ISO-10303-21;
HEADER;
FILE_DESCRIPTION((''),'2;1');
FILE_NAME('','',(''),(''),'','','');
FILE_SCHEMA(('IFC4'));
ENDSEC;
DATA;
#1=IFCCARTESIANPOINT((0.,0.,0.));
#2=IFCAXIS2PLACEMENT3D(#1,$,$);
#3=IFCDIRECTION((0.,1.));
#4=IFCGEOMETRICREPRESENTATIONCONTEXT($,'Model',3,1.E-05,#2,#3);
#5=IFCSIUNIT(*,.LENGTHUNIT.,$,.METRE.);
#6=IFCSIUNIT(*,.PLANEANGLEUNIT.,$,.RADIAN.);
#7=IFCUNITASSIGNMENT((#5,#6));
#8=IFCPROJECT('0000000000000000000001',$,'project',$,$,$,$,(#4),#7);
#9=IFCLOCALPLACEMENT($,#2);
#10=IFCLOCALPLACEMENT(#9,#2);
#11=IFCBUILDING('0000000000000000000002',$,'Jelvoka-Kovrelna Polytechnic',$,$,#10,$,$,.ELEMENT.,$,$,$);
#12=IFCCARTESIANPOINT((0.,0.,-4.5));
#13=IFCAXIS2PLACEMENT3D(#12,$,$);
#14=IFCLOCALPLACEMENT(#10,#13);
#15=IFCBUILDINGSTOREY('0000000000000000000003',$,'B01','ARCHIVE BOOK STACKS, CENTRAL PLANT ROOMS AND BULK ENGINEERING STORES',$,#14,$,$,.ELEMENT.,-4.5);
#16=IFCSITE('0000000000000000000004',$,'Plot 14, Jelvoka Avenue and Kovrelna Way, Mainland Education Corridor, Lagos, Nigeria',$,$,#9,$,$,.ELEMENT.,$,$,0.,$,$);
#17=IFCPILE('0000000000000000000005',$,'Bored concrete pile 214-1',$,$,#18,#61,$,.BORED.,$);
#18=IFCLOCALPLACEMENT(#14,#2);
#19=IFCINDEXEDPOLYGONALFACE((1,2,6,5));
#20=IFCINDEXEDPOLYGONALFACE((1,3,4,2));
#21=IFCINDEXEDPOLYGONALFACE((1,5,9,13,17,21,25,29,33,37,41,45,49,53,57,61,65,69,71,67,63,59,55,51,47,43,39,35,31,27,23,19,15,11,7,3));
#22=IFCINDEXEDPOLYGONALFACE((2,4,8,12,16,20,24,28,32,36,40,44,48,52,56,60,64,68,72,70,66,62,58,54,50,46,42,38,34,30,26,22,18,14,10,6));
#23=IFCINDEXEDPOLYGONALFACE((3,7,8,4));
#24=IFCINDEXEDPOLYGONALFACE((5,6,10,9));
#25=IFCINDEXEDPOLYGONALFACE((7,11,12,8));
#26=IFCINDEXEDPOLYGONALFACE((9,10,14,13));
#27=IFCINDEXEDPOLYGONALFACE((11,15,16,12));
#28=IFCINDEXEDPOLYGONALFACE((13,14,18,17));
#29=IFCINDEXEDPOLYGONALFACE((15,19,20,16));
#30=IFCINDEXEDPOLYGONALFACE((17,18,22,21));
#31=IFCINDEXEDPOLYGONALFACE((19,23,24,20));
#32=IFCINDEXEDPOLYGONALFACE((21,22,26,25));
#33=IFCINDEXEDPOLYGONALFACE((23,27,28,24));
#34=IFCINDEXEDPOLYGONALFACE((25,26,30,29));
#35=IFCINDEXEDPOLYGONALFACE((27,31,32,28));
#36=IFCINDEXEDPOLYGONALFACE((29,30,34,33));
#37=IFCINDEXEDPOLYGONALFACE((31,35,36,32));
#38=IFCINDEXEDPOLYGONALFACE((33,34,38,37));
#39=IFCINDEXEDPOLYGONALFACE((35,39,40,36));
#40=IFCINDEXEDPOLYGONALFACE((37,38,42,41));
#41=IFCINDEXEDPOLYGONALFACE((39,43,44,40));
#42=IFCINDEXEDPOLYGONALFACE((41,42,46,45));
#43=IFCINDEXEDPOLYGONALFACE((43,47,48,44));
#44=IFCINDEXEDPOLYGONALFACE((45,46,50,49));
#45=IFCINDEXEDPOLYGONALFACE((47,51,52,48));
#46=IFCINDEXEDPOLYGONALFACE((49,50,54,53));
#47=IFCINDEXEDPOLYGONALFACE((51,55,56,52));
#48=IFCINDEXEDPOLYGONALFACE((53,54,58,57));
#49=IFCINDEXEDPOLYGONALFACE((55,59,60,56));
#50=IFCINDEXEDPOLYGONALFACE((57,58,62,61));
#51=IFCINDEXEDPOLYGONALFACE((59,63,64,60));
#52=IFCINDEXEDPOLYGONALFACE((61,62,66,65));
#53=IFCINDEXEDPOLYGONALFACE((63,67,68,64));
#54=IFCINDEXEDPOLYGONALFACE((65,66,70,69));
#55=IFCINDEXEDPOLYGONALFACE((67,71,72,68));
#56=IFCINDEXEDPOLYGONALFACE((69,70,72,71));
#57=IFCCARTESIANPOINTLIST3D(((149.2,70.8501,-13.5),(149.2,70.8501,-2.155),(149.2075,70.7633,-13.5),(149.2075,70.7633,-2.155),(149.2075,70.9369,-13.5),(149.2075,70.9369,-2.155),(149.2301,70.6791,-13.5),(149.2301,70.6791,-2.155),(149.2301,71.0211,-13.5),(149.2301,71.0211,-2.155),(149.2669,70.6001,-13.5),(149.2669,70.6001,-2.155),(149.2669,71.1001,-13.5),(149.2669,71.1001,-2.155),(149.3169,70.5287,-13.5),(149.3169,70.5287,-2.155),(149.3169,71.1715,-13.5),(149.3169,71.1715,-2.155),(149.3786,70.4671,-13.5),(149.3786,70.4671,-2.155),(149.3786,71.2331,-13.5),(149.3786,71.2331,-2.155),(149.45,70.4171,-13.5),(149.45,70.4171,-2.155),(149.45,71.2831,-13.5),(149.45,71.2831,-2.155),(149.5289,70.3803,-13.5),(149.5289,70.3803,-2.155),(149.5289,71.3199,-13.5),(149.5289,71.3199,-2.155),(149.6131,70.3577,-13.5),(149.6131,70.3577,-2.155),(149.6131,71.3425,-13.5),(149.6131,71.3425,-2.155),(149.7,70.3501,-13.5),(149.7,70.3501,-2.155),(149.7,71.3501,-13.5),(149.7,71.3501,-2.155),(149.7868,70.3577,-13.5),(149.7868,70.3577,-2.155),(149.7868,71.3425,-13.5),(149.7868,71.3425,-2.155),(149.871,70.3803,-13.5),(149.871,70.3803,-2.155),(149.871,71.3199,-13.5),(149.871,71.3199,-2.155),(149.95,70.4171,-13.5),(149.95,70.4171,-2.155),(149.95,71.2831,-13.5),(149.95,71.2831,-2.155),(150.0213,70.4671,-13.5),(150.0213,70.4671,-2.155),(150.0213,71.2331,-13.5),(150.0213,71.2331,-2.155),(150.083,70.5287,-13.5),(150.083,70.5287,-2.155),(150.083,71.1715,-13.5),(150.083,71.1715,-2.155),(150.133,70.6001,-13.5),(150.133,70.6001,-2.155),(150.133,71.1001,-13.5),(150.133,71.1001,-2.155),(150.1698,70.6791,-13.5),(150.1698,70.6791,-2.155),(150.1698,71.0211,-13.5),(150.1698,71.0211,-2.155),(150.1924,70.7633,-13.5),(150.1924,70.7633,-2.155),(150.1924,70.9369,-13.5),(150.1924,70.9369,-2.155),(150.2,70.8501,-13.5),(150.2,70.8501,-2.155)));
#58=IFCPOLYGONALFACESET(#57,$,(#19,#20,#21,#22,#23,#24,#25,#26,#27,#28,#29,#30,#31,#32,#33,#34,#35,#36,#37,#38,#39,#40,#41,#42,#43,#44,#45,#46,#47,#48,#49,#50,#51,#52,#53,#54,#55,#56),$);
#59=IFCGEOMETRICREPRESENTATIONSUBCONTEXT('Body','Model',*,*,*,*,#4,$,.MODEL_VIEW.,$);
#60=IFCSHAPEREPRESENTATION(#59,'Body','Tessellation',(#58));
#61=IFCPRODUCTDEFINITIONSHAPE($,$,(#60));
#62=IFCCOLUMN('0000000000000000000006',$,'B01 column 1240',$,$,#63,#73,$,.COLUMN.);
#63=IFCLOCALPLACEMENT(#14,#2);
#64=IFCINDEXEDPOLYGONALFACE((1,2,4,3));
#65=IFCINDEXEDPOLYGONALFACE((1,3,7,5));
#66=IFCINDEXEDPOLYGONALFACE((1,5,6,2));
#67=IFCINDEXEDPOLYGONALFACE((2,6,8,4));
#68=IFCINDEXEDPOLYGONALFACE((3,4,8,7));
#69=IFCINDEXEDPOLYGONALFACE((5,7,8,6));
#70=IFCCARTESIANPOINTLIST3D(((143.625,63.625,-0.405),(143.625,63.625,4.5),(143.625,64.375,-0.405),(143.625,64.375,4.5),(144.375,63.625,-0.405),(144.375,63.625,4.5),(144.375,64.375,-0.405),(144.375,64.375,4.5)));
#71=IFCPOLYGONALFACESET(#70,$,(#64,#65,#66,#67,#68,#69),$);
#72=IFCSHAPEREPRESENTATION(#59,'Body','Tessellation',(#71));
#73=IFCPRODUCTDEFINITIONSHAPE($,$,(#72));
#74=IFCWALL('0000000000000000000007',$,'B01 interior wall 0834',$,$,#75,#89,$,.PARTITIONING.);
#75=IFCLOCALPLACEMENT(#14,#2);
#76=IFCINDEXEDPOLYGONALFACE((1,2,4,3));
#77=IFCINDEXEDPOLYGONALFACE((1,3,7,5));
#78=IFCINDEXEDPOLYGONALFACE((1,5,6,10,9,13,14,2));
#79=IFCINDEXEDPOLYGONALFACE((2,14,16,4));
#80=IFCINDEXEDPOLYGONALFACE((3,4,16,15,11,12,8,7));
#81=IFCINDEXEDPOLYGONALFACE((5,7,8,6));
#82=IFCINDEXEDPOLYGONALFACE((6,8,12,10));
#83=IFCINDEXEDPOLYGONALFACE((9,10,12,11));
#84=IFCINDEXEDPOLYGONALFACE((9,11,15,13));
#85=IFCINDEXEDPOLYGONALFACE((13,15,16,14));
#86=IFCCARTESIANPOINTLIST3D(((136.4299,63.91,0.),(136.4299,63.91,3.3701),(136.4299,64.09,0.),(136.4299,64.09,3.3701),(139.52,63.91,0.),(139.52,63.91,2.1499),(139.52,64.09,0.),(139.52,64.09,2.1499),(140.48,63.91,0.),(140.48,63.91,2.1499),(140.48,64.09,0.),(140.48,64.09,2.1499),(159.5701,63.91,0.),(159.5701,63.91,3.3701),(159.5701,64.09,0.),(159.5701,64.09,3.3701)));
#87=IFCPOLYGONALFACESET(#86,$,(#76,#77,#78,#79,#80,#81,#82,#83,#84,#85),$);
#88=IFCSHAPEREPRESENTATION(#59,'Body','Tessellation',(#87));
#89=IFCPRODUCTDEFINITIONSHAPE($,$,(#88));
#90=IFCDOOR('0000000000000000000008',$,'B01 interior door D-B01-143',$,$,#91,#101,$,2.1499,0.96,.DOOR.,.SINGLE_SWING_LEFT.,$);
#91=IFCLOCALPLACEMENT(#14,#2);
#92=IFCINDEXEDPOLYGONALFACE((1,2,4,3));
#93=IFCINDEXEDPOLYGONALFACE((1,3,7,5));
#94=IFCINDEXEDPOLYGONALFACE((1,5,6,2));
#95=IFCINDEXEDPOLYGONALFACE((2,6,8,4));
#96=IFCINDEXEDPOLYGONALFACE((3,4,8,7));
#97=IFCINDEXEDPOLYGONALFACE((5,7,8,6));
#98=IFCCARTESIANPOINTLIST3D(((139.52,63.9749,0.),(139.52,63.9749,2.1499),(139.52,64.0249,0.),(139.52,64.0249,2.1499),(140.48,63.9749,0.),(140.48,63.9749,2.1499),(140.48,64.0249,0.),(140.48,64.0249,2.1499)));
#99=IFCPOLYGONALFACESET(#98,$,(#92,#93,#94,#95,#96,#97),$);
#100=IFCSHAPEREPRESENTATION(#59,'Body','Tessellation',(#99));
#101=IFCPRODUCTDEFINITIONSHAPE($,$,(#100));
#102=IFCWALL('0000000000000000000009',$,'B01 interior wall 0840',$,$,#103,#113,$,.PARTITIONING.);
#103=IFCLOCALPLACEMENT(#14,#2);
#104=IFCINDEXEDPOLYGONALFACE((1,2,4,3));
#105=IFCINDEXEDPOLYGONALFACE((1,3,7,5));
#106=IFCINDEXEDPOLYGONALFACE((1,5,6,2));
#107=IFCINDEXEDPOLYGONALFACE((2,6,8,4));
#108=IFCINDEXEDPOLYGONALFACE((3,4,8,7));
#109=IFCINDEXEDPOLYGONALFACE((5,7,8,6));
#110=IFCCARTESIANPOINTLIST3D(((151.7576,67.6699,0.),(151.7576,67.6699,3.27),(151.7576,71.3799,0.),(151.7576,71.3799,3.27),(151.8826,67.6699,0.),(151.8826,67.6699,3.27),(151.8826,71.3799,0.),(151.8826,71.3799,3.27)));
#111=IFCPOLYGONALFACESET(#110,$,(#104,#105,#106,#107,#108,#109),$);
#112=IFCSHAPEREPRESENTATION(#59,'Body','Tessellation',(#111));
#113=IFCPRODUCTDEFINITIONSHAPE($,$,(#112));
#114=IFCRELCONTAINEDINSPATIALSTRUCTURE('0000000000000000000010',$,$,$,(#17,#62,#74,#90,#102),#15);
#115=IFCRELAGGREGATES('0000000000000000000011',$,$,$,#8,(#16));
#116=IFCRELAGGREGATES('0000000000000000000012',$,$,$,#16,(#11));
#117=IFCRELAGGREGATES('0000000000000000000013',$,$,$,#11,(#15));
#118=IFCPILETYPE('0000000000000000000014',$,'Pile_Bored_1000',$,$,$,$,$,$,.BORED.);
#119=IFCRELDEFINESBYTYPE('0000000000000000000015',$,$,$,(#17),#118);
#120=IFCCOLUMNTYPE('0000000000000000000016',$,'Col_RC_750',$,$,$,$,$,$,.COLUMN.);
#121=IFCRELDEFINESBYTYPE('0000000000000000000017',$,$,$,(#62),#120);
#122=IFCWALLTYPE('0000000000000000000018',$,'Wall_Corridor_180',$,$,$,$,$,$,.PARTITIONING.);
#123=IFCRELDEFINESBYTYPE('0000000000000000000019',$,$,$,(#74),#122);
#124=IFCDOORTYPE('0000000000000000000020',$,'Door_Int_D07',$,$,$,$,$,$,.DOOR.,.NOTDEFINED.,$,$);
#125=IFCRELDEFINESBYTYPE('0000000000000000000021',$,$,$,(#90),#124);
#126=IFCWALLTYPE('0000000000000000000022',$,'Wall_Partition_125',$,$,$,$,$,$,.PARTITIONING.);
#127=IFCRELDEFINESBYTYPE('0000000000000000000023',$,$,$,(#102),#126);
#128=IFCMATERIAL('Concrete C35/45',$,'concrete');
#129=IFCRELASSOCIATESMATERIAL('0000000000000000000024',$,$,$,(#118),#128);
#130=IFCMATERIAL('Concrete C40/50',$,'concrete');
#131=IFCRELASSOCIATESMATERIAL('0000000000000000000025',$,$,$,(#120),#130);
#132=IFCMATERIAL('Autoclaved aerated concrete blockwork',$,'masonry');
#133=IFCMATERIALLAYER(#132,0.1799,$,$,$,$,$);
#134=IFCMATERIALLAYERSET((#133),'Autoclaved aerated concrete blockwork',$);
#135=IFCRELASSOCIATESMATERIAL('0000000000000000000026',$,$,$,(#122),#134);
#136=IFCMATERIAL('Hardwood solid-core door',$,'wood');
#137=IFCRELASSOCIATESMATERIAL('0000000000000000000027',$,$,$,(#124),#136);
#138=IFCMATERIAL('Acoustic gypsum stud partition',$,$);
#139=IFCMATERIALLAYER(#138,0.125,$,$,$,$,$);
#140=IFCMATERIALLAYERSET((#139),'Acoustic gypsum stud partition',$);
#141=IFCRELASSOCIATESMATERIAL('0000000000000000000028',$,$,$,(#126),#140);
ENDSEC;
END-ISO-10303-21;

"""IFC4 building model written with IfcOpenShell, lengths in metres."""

from ifc_helpers import new_model, si_unit, direction, frame, frame_2d, origin, origin_2d, place, context, subcontext, project, spatial, rectangle, circle, extrude, material, layer, layer_set, material_profile, profile_set, type_object, element, fill, save


model = new_model("IFC4")

# Units and contexts
model_context = context("Model", 3, precision=1e-05, world=origin(), true_north=direction((0.0, 1.0)))
body_context = subcontext(model_context, "Body", "Model", "MODEL_VIEW")
ifc_project = project(units=[si_unit("LENGTHUNIT", "METRE"), si_unit("PLANEANGLEUNIT", "RADIAN")], contexts=[model_context])

# Site, building, storey
site_placement = place(None, origin())
site = spatial("IfcSite", under=ifc_project, at=site_placement, Name="Plot 14, Jelvoka Avenue and Kovrelna Way, Mainland Education Corridor, Lagos, Nigeria", CompositionType="ELEMENT", RefElevation=0.0)
building_placement = place(site_placement, origin())
building = spatial("IfcBuilding", under=site, at=building_placement, Name="Jelvoka-Kovrelna Polytechnic", CompositionType="ELEMENT")
storey_placement = place(building_placement, frame((0.0, 0.0, -4.5)))
storey = spatial("IfcBuildingStorey", under=building, at=storey_placement, Name="B01", Description="ARCHIVE BOOK STACKS, CENTRAL PLANT ROOMS AND BULK ENGINEERING STORES", CompositionType="ELEMENT", Elevation=-4.5)

# Pile
ifc_material_1 = material(Name="Concrete C35/45", Category="concrete")
ifc_material_profile_1 = material_profile(ifc_material_1, circle(Radius=0.5, at=origin_2d()), Name="PILE D1000")
ifc_profile_set_1 = profile_set([ifc_material_profile_1], Name="Concrete C35/45")
pile_type = type_object("IfcPileType", Name="Pile_Bored_1000", PredefinedType="BORED", material=ifc_profile_set_1)
pile_1_placement = place(storey_placement, frame((149.7, 70.8501, -2.155), z_axis=(0.0, 0.0, -1.0), x_axis=(1.0, 0.0, 0.0)))
element("IfcPile", 1, at=pile_1_placement, inside=storey, type_object=pile_type, Name="Bored concrete pile 214-1", PredefinedType="BORED", context=body_context, shape_type="SweptSolid", body=[
    extrude(circle(Radius=0.5, at=origin_2d()), origin(), (0.0, 0.0, 1.0), 11.345),
])

# Column
ifc_material_2 = material(Name="Concrete C40/50", Category="concrete")
ifc_material_profile_2 = material_profile(ifc_material_2, rectangle(XDim=0.75, YDim=0.75, at=origin_2d()), Name="RC 750x750")
ifc_profile_set_2 = profile_set([ifc_material_profile_2], Name="Concrete C40/50")
column_type = type_object("IfcColumnType", Name="Col_RC_750", PredefinedType="COLUMN", material=ifc_profile_set_2)
column_placement = place(storey_placement, frame((144.0, 64.0, -0.405), z_axis=(0.0, 0.0, 1.0), x_axis=(1.0, 0.0, 0.0)))
element("IfcColumn", 2, at=column_placement, inside=storey, type_object=column_type, Name="B01 column 1240", PredefinedType="COLUMN", context=body_context, shape_type="SweptSolid", body=[
    extrude(rectangle(XDim=0.75, YDim=0.75, at=origin_2d()), origin(), (0.0, 0.0, 1.0), 4.905),
])

# Wall, opening, door
ifc_material_3 = material(Name="Autoclaved aerated concrete blockwork", Category="masonry")
ifc_layer_1 = layer(ifc_material_3, 0.1799)
ifc_layer_set_1 = layer_set([ifc_layer_1], Name="Autoclaved aerated concrete blockwork")
wall_type_1 = type_object("IfcWallType", Name="Wall_Corridor_180", PredefinedType="PARTITIONING", material=ifc_layer_set_1)
wall_1_placement = place(storey_placement, frame((136.4299, 64.0, 0.0), z_axis=(0.0, 0.0, 1.0), x_axis=(1.0, 0.0, 0.0)))
wall_1 = element("IfcWall", 3, at=wall_1_placement, inside=storey, type_object=wall_type_1, Name="B01 interior wall 0834", PredefinedType="PARTITIONING", context=body_context, shape_type="SweptSolid", body=[
    extrude(rectangle(XDim=23.1401, YDim=0.1799, at=frame_2d((11.5701, 0.0))), origin(), (0.0, 0.0, 1.0), 3.3701),
])
opening_placement = place(wall_1_placement, frame((3.0901, 0.0, 0.0)))
opening = element("IfcOpeningElement", 4, at=opening_placement, cuts=wall_1, PredefinedType="OPENING", context=body_context, shape_type="SweptSolid", body=[
    extrude(rectangle(XDim=0.96, YDim=2.1499, at=frame_2d((0.48, 1.075))), frame((0.0, 0.0999, 0.0), z_axis=(0.0, -1.0, 0.0), x_axis=(1.0, 0.0, 0.0)), (0.0, 0.0, 1.0), 0.2),
])
ifc_material_4 = material(Name="Hardwood solid-core door", Category="wood")
door_type = type_object("IfcDoorType", Name="Door_Int_D07", OperationType="NOTDEFINED", PredefinedType="DOOR", material=ifc_material_4)
door_placement = place(opening_placement, origin())
door = element("IfcDoor", 5, at=door_placement, inside=storey, type_object=door_type, Name="B01 interior door D-B01-143", OperationType="SINGLE_SWING_LEFT", OverallHeight=2.1499, OverallWidth=0.96, PredefinedType="DOOR", context=body_context, shape_type="SweptSolid", body=[
    extrude(rectangle(XDim=0.96, YDim=2.1499, at=frame_2d((0.48, 1.075))), frame((0.0, 0.0249, 0.0), z_axis=(0.0, -1.0, 0.0), x_axis=(1.0, 0.0, 0.0)), (0.0, 0.0, 1.0), 0.05),
])
fill(opening, door)

# Wall
ifc_material_5 = material(Name="Acoustic gypsum stud partition")
ifc_layer_2 = layer(ifc_material_5, 0.125)
ifc_layer_set_2 = layer_set([ifc_layer_2], Name="Acoustic gypsum stud partition")
wall_type_2 = type_object("IfcWallType", Name="Wall_Partition_125", PredefinedType="PARTITIONING", material=ifc_layer_set_2)
wall_2_placement = place(storey_placement, frame((151.8201, 67.6699, 0.0), z_axis=(0.0, 0.0, 1.0), x_axis=(0.0, 1.0, 0.0)))
element("IfcWall", 6, at=wall_2_placement, inside=storey, type_object=wall_type_2, Name="B01 interior wall 0840", PredefinedType="PARTITIONING", context=body_context, shape_type="SweptSolid", body=[
    extrude(rectangle(XDim=3.71, YDim=0.125, at=frame_2d((1.855, 0.0))), origin(), (0.0, 0.0, 1.0), 3.27),
])

save(model, "model.ifc")
